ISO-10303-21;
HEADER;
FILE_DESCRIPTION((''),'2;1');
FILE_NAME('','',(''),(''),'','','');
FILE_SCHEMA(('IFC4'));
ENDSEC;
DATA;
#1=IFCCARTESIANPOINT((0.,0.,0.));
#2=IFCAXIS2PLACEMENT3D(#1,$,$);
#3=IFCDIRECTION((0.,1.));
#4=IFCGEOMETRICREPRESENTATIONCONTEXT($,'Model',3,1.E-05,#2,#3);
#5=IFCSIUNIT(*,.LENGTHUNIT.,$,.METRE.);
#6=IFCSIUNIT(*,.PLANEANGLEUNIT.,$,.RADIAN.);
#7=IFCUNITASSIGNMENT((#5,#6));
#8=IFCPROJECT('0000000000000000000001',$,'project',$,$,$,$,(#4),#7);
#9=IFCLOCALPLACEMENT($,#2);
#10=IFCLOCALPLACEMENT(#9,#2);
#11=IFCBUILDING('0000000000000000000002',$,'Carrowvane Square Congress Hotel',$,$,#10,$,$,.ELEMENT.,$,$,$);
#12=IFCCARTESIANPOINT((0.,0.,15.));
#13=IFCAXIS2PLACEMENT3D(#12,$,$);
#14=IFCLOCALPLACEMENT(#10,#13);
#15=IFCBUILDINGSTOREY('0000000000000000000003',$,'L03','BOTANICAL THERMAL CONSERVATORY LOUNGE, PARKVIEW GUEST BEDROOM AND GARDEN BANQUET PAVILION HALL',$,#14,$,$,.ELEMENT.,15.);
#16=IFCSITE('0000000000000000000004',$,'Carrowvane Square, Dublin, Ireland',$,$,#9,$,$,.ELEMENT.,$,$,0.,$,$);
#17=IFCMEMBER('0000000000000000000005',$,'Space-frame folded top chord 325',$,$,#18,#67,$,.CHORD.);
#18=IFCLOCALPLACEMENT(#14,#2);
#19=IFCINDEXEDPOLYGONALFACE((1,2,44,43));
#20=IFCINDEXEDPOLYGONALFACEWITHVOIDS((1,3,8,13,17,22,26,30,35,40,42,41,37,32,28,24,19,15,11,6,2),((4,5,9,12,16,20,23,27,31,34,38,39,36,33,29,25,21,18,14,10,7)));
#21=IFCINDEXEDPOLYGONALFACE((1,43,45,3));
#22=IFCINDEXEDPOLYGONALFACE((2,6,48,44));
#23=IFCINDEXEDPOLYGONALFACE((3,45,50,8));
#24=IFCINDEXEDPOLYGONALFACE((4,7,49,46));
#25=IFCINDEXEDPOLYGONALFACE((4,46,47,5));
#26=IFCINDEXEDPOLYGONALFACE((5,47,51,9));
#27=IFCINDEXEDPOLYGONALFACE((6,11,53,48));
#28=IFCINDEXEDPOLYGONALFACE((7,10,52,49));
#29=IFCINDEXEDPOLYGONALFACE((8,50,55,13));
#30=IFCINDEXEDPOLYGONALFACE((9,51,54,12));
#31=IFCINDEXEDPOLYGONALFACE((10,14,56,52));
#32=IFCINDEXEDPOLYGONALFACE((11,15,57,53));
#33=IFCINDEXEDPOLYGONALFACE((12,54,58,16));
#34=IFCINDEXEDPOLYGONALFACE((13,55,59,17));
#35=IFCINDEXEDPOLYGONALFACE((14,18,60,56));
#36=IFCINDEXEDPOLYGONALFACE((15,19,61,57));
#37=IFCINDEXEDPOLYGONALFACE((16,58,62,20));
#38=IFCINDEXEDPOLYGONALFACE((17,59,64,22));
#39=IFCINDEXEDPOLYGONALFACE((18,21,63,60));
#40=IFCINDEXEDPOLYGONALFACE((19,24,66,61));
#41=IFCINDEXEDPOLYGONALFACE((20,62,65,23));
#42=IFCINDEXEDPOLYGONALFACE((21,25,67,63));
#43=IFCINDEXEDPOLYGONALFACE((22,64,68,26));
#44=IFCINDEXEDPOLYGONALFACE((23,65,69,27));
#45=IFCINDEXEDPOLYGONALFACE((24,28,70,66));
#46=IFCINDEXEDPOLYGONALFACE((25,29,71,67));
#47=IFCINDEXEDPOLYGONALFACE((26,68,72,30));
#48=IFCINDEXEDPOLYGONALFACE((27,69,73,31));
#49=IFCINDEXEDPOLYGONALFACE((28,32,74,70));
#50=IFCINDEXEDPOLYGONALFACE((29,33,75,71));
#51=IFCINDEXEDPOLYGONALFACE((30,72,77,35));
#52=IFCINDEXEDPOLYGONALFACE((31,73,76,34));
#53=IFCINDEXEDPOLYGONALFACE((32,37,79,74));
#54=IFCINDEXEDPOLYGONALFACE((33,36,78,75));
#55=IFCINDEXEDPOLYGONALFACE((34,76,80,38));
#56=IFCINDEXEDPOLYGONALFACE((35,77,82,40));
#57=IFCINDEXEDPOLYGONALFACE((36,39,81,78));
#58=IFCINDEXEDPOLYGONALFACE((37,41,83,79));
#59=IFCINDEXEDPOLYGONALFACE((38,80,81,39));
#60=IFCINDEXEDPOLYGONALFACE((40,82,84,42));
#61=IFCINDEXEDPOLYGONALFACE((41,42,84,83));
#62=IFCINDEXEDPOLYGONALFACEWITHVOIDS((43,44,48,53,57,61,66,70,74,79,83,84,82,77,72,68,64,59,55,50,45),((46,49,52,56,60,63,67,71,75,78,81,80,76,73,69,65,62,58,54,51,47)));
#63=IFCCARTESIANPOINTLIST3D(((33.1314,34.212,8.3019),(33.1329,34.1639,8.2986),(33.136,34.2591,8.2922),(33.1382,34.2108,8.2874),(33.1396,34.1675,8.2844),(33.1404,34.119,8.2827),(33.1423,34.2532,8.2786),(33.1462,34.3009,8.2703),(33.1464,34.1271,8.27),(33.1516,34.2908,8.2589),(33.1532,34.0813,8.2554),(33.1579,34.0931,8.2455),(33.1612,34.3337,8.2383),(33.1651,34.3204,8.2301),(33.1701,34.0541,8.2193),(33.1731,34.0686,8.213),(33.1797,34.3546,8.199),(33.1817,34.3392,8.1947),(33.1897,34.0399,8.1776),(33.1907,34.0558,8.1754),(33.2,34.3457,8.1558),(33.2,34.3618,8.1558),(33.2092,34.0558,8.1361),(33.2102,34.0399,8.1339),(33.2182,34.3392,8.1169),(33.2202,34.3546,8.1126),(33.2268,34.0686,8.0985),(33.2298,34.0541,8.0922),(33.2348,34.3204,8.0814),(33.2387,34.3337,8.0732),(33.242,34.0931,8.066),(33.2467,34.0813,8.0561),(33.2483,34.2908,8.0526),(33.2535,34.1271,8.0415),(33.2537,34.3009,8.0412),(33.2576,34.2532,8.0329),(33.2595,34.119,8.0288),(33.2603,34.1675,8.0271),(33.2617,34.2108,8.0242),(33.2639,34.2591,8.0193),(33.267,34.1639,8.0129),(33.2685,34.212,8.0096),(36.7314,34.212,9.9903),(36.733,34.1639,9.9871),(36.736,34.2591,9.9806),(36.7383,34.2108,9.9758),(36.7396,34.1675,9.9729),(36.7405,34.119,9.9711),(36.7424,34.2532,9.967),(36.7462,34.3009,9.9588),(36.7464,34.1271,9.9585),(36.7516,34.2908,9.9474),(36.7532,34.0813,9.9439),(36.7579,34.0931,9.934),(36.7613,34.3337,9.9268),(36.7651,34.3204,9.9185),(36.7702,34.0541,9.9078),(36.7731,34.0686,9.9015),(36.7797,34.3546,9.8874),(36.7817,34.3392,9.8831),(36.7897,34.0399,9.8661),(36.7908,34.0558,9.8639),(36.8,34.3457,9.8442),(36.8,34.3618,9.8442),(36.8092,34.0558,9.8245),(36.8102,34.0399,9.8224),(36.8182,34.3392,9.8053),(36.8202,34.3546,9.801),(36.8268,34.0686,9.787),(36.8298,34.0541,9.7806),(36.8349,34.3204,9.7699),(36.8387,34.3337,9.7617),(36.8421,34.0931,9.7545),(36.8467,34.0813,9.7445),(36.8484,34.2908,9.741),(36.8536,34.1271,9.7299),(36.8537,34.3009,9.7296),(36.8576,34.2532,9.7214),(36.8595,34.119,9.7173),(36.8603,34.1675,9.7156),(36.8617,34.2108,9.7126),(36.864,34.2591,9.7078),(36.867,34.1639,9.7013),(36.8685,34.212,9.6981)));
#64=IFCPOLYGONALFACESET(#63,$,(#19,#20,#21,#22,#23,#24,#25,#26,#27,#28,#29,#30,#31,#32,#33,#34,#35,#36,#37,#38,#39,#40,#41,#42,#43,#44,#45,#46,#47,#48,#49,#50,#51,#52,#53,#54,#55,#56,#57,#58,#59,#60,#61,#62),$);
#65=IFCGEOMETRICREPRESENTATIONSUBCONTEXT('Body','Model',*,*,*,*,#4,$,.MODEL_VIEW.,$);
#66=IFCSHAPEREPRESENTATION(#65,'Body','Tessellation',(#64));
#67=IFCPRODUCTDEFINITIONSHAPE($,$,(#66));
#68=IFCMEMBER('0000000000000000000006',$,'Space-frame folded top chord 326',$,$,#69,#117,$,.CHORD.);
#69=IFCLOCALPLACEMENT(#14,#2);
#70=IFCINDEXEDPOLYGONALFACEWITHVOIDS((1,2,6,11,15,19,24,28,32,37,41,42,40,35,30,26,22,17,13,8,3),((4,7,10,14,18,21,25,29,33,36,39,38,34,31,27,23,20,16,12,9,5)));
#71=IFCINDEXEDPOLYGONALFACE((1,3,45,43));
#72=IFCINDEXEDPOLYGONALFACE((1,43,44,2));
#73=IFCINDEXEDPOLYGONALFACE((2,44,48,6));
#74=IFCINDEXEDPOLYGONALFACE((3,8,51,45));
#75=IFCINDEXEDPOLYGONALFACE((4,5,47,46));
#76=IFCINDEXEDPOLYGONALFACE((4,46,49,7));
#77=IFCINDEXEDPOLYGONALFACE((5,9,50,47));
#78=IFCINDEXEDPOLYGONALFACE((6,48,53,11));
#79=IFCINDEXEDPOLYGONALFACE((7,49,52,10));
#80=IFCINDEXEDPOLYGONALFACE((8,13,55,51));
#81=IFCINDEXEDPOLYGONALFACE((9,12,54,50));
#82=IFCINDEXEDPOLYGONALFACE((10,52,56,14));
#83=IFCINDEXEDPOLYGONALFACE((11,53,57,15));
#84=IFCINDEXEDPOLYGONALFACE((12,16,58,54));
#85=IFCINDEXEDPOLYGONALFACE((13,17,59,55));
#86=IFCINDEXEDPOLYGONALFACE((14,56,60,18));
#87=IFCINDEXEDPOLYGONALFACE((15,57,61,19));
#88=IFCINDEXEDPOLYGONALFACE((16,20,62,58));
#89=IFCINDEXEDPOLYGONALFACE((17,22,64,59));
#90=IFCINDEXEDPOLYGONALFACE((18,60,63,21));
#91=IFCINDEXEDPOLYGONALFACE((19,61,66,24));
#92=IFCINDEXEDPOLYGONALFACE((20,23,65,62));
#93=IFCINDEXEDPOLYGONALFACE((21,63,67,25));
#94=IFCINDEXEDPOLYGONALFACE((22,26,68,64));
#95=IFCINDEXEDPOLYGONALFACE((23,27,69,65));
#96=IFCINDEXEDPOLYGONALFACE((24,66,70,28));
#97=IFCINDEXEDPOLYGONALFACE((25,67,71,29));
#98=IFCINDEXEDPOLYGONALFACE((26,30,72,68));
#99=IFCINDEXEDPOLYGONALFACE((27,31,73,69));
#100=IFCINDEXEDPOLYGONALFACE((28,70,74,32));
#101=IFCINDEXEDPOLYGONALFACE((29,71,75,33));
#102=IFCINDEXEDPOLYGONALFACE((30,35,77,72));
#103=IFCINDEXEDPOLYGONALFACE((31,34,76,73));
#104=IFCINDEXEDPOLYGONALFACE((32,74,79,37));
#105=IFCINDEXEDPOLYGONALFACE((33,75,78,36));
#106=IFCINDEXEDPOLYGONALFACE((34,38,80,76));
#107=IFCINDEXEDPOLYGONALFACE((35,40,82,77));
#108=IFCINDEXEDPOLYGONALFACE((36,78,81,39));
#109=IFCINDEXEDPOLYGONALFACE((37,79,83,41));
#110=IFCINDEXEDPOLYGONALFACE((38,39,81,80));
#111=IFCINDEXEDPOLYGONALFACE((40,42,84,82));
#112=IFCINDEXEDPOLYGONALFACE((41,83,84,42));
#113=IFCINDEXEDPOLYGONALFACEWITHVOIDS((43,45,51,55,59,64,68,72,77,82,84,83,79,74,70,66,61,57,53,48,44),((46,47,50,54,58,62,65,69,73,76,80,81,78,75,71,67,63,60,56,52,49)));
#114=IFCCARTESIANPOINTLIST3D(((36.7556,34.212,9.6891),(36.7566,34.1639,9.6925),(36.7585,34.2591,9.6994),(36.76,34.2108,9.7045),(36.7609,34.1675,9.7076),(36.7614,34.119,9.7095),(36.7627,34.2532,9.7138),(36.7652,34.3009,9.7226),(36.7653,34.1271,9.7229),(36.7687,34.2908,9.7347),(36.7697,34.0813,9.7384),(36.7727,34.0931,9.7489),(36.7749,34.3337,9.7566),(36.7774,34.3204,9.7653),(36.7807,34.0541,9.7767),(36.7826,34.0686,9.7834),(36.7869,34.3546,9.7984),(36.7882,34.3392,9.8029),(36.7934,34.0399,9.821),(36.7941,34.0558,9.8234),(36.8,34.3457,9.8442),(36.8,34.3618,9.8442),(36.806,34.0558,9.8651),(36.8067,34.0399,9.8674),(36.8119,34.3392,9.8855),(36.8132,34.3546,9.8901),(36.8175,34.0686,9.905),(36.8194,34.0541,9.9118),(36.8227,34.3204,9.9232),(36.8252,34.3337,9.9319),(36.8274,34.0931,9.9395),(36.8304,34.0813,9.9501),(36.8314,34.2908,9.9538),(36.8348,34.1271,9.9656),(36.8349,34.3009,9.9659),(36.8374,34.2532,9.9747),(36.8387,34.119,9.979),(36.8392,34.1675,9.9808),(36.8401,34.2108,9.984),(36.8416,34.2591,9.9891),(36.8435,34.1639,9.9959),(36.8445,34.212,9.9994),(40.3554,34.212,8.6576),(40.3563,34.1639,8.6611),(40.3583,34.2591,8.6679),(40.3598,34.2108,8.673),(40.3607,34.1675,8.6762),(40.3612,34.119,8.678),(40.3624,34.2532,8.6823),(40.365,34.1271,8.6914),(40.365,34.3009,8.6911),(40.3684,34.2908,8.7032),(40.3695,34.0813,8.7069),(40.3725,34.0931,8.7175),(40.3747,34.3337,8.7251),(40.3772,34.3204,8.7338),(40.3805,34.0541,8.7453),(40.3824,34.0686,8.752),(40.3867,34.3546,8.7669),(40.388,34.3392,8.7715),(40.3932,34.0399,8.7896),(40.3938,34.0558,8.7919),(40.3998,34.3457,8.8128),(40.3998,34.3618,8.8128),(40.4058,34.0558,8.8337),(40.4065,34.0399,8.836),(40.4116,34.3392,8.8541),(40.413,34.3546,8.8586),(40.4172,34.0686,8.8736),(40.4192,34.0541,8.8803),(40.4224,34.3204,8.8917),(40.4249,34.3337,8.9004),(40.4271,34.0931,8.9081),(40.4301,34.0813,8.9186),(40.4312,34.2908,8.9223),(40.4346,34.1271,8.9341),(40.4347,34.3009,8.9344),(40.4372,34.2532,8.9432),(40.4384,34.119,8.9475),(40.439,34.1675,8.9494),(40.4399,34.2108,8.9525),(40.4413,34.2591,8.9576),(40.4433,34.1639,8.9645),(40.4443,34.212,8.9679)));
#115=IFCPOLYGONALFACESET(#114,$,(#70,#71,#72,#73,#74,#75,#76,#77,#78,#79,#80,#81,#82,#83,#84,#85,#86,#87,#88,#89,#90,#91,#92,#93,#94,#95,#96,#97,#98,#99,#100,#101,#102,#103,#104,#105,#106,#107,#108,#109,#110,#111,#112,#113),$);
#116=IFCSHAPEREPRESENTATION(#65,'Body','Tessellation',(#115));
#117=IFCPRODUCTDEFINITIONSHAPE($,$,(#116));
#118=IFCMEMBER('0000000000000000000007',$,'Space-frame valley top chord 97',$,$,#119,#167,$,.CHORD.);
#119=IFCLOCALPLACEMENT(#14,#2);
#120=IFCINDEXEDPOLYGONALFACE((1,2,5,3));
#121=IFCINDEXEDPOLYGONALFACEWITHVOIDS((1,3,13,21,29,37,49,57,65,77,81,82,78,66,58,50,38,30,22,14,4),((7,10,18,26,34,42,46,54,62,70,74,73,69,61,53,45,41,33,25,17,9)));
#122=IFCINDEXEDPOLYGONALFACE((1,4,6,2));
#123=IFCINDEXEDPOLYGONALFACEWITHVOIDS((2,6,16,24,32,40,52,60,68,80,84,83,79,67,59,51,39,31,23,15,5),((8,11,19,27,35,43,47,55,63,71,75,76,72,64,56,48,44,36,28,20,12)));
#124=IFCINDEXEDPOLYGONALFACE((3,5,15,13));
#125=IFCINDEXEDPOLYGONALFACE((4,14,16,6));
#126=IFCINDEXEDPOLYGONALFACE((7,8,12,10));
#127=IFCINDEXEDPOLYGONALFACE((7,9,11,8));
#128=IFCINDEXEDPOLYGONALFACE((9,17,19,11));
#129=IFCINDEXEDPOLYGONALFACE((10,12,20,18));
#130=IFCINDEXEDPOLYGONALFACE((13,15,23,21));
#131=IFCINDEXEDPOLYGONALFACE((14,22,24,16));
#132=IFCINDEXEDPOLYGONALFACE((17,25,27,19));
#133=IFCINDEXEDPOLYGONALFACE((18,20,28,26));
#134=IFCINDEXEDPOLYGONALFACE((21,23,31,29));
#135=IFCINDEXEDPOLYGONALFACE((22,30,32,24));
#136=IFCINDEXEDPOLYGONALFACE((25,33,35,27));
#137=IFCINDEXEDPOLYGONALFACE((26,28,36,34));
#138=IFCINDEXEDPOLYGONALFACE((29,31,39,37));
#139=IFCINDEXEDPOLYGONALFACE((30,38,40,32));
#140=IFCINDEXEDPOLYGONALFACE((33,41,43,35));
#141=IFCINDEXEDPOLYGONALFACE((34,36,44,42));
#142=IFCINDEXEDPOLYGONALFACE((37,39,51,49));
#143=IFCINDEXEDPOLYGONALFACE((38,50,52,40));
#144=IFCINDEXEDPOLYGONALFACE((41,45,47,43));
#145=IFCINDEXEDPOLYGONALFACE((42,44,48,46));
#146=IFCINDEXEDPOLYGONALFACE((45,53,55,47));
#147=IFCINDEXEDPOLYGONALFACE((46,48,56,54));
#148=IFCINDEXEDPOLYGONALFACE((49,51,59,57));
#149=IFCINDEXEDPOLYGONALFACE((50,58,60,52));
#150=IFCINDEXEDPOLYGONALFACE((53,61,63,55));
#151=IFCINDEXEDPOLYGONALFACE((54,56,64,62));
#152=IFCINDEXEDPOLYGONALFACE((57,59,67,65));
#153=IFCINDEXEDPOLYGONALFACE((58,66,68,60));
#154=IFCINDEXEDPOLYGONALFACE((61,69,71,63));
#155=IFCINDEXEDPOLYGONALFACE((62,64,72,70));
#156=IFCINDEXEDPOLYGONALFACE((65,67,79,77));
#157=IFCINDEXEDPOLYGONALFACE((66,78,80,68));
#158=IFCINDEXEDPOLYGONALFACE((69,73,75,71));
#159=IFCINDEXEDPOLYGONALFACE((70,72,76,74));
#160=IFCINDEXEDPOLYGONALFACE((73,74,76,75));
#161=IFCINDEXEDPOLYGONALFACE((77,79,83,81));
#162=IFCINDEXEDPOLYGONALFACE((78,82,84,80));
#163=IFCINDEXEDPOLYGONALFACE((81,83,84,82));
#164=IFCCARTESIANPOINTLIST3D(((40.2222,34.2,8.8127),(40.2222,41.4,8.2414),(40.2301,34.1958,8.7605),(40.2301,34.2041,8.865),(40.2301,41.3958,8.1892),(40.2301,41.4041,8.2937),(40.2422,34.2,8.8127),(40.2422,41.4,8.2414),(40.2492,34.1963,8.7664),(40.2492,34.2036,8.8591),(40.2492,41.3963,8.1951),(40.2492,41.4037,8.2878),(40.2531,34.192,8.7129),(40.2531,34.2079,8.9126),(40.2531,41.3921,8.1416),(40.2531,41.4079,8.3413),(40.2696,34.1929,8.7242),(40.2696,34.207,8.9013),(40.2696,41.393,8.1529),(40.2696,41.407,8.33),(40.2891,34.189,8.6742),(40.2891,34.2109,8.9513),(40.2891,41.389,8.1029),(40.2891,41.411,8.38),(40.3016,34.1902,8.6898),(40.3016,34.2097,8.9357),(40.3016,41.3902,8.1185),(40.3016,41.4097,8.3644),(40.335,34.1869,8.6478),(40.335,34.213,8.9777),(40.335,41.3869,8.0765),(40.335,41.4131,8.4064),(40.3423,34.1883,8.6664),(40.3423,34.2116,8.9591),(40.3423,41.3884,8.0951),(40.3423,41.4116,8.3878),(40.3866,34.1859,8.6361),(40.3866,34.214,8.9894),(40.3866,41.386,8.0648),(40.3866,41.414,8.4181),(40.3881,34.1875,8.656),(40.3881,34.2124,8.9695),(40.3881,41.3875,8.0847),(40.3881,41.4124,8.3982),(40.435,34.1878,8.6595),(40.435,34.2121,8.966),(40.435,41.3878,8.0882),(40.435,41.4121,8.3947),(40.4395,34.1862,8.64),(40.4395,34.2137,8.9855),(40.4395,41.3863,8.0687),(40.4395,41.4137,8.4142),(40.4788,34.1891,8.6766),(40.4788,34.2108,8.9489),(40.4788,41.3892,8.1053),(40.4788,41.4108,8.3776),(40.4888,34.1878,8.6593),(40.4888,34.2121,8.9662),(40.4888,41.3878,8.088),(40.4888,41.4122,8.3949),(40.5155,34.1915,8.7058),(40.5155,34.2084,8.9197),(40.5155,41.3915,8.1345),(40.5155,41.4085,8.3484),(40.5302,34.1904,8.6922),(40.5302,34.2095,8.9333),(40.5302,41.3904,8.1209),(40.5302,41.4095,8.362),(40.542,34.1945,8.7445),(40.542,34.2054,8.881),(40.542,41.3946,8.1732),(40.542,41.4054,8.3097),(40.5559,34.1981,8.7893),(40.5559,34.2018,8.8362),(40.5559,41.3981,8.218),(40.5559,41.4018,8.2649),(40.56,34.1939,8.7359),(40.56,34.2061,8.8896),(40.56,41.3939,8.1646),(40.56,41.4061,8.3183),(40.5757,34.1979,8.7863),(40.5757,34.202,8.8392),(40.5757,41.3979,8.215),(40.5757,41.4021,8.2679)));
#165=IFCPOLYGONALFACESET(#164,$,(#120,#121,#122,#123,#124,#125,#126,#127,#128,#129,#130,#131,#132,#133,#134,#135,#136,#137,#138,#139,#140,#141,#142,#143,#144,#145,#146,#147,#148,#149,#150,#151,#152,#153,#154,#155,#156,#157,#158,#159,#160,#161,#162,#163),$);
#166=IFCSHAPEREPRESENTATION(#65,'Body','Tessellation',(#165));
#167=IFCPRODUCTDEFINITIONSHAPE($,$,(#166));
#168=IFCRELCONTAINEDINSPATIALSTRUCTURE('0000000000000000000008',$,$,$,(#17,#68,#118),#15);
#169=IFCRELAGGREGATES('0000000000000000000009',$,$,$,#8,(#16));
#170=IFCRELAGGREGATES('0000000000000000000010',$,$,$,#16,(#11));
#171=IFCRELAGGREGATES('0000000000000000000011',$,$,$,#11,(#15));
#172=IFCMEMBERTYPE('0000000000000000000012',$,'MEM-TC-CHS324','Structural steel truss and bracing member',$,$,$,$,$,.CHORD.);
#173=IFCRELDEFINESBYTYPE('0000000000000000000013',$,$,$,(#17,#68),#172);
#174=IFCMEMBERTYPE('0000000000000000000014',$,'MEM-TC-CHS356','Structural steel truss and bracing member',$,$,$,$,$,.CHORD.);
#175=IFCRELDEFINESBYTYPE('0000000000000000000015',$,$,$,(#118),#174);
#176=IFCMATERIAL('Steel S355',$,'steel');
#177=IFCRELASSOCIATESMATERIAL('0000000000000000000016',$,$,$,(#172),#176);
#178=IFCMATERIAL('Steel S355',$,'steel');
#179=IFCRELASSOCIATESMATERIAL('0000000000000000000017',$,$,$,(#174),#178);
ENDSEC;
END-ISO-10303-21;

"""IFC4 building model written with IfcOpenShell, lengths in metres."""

from ifc_helpers import new_model, si_unit, direction, frame, origin, origin_2d, place, context, subcontext, project, spatial, hollow_circle, extrude, material, material_profile, profile_set, type_object, element, save


model = new_model("IFC4")

# Units and contexts
model_context = context("Model", 3, precision=1e-05, world=origin(), true_north=direction((0.0, 1.0)))
body_context = subcontext(model_context, "Body", "Model", "MODEL_VIEW")
ifc_project = project(units=[si_unit("LENGTHUNIT", "METRE"), si_unit("PLANEANGLEUNIT", "RADIAN")], contexts=[model_context])

# Site, building, storey
site_placement = place(None, origin())
site = spatial("IfcSite", under=ifc_project, at=site_placement, Name="Carrowvane Square, Dublin, Ireland", CompositionType="ELEMENT", RefElevation=0.0)
building_placement = place(site_placement, origin())
building = spatial("IfcBuilding", under=site, at=building_placement, Name="Carrowvane Square Congress Hotel", CompositionType="ELEMENT")
storey_placement = place(building_placement, frame((0.0, 0.0, 15.0)))
storey = spatial("IfcBuildingStorey", under=building, at=storey_placement, Name="L03", Description="BOTANICAL THERMAL CONSERVATORY LOUNGE, PARKVIEW GUEST BEDROOM AND GARDEN BANQUET PAVILION HALL", CompositionType="ELEMENT", Elevation=15.0)

# Members
ifc_material_1 = material(Name="Steel S355", Category="steel")
ifc_material_profile_1 = material_profile(ifc_material_1, hollow_circle(Radius=0.1619, WallThickness=0.0161, at=origin_2d()), Name="CHS 323.9x16")
ifc_profile_set_1 = profile_set([ifc_material_profile_1], Name="Steel S355")
member_type_1 = type_object("IfcMemberType", Name="MEM-TC-CHS324", Description="Structural steel truss and bracing member", PredefinedType="CHORD", material=ifc_profile_set_1)
for number, where, z_axis, x_axis, name in (
    (1, (33.2, 34.2, 8.1558), (0.905369, 0.0, 0.424626), (0.0, 1.0, 0.0), "Space-frame folded top chord 325"),
):
    element("IfcMember", number, at=place(storey_placement, frame(where, z_axis=z_axis, x_axis=x_axis)), inside=storey, type_object=member_type_1, Name=name, PredefinedType="CHORD", context=body_context, shape_type="SweptSolid", body=[
        extrude(hollow_circle(Radius=0.1619, WallThickness=0.0161, at=origin_2d()), origin(), (0.0, 0.0, 1.0), 3.9763),
    ])
member_1_placement = place(storey_placement, frame((36.8, 34.2, 9.8442), z_axis=(0.961315, 0.0, -0.275453), x_axis=(0.0, 1.0, 0.0)))
element("IfcMember", 2, at=member_1_placement, inside=storey, type_object=member_type_1, Name="Space-frame folded top chord 326", PredefinedType="CHORD", context=body_context, shape_type="SweptSolid", body=[
    extrude(hollow_circle(Radius=0.1619, WallThickness=0.0161, at=origin_2d()), origin(), (0.0, 0.0, 1.0), 3.7446),
])
ifc_material_2 = material(Name="Steel S355", Category="steel")
ifc_material_profile_2 = material_profile(ifc_material_2, hollow_circle(Radius=0.1777, WallThickness=0.02, at=origin_2d()), Name="CHS 355.6x20")
ifc_profile_set_2 = profile_set([ifc_material_profile_2], Name="Steel S355")
member_type_2 = type_object("IfcMemberType", Name="MEM-TC-CHS356", Description="Structural steel truss and bracing member", PredefinedType="CHORD", material=ifc_profile_set_2)
member_2_placement = place(storey_placement, frame((40.3999, 34.2, 8.8127), z_axis=(0.0, 0.996867, -0.079098), x_axis=(-1.0, 0.0, 0.0)))
element("IfcMember", 3, at=member_2_placement, inside=storey, type_object=member_type_2, Name="Space-frame valley top chord 97", PredefinedType="CHORD", context=body_context, shape_type="SweptSolid", body=[
    extrude(hollow_circle(Radius=0.1777, WallThickness=0.02, at=origin_2d()), origin(), (0.0, 0.0, 1.0), 7.2227),
])

save(model, "model.ifc")
